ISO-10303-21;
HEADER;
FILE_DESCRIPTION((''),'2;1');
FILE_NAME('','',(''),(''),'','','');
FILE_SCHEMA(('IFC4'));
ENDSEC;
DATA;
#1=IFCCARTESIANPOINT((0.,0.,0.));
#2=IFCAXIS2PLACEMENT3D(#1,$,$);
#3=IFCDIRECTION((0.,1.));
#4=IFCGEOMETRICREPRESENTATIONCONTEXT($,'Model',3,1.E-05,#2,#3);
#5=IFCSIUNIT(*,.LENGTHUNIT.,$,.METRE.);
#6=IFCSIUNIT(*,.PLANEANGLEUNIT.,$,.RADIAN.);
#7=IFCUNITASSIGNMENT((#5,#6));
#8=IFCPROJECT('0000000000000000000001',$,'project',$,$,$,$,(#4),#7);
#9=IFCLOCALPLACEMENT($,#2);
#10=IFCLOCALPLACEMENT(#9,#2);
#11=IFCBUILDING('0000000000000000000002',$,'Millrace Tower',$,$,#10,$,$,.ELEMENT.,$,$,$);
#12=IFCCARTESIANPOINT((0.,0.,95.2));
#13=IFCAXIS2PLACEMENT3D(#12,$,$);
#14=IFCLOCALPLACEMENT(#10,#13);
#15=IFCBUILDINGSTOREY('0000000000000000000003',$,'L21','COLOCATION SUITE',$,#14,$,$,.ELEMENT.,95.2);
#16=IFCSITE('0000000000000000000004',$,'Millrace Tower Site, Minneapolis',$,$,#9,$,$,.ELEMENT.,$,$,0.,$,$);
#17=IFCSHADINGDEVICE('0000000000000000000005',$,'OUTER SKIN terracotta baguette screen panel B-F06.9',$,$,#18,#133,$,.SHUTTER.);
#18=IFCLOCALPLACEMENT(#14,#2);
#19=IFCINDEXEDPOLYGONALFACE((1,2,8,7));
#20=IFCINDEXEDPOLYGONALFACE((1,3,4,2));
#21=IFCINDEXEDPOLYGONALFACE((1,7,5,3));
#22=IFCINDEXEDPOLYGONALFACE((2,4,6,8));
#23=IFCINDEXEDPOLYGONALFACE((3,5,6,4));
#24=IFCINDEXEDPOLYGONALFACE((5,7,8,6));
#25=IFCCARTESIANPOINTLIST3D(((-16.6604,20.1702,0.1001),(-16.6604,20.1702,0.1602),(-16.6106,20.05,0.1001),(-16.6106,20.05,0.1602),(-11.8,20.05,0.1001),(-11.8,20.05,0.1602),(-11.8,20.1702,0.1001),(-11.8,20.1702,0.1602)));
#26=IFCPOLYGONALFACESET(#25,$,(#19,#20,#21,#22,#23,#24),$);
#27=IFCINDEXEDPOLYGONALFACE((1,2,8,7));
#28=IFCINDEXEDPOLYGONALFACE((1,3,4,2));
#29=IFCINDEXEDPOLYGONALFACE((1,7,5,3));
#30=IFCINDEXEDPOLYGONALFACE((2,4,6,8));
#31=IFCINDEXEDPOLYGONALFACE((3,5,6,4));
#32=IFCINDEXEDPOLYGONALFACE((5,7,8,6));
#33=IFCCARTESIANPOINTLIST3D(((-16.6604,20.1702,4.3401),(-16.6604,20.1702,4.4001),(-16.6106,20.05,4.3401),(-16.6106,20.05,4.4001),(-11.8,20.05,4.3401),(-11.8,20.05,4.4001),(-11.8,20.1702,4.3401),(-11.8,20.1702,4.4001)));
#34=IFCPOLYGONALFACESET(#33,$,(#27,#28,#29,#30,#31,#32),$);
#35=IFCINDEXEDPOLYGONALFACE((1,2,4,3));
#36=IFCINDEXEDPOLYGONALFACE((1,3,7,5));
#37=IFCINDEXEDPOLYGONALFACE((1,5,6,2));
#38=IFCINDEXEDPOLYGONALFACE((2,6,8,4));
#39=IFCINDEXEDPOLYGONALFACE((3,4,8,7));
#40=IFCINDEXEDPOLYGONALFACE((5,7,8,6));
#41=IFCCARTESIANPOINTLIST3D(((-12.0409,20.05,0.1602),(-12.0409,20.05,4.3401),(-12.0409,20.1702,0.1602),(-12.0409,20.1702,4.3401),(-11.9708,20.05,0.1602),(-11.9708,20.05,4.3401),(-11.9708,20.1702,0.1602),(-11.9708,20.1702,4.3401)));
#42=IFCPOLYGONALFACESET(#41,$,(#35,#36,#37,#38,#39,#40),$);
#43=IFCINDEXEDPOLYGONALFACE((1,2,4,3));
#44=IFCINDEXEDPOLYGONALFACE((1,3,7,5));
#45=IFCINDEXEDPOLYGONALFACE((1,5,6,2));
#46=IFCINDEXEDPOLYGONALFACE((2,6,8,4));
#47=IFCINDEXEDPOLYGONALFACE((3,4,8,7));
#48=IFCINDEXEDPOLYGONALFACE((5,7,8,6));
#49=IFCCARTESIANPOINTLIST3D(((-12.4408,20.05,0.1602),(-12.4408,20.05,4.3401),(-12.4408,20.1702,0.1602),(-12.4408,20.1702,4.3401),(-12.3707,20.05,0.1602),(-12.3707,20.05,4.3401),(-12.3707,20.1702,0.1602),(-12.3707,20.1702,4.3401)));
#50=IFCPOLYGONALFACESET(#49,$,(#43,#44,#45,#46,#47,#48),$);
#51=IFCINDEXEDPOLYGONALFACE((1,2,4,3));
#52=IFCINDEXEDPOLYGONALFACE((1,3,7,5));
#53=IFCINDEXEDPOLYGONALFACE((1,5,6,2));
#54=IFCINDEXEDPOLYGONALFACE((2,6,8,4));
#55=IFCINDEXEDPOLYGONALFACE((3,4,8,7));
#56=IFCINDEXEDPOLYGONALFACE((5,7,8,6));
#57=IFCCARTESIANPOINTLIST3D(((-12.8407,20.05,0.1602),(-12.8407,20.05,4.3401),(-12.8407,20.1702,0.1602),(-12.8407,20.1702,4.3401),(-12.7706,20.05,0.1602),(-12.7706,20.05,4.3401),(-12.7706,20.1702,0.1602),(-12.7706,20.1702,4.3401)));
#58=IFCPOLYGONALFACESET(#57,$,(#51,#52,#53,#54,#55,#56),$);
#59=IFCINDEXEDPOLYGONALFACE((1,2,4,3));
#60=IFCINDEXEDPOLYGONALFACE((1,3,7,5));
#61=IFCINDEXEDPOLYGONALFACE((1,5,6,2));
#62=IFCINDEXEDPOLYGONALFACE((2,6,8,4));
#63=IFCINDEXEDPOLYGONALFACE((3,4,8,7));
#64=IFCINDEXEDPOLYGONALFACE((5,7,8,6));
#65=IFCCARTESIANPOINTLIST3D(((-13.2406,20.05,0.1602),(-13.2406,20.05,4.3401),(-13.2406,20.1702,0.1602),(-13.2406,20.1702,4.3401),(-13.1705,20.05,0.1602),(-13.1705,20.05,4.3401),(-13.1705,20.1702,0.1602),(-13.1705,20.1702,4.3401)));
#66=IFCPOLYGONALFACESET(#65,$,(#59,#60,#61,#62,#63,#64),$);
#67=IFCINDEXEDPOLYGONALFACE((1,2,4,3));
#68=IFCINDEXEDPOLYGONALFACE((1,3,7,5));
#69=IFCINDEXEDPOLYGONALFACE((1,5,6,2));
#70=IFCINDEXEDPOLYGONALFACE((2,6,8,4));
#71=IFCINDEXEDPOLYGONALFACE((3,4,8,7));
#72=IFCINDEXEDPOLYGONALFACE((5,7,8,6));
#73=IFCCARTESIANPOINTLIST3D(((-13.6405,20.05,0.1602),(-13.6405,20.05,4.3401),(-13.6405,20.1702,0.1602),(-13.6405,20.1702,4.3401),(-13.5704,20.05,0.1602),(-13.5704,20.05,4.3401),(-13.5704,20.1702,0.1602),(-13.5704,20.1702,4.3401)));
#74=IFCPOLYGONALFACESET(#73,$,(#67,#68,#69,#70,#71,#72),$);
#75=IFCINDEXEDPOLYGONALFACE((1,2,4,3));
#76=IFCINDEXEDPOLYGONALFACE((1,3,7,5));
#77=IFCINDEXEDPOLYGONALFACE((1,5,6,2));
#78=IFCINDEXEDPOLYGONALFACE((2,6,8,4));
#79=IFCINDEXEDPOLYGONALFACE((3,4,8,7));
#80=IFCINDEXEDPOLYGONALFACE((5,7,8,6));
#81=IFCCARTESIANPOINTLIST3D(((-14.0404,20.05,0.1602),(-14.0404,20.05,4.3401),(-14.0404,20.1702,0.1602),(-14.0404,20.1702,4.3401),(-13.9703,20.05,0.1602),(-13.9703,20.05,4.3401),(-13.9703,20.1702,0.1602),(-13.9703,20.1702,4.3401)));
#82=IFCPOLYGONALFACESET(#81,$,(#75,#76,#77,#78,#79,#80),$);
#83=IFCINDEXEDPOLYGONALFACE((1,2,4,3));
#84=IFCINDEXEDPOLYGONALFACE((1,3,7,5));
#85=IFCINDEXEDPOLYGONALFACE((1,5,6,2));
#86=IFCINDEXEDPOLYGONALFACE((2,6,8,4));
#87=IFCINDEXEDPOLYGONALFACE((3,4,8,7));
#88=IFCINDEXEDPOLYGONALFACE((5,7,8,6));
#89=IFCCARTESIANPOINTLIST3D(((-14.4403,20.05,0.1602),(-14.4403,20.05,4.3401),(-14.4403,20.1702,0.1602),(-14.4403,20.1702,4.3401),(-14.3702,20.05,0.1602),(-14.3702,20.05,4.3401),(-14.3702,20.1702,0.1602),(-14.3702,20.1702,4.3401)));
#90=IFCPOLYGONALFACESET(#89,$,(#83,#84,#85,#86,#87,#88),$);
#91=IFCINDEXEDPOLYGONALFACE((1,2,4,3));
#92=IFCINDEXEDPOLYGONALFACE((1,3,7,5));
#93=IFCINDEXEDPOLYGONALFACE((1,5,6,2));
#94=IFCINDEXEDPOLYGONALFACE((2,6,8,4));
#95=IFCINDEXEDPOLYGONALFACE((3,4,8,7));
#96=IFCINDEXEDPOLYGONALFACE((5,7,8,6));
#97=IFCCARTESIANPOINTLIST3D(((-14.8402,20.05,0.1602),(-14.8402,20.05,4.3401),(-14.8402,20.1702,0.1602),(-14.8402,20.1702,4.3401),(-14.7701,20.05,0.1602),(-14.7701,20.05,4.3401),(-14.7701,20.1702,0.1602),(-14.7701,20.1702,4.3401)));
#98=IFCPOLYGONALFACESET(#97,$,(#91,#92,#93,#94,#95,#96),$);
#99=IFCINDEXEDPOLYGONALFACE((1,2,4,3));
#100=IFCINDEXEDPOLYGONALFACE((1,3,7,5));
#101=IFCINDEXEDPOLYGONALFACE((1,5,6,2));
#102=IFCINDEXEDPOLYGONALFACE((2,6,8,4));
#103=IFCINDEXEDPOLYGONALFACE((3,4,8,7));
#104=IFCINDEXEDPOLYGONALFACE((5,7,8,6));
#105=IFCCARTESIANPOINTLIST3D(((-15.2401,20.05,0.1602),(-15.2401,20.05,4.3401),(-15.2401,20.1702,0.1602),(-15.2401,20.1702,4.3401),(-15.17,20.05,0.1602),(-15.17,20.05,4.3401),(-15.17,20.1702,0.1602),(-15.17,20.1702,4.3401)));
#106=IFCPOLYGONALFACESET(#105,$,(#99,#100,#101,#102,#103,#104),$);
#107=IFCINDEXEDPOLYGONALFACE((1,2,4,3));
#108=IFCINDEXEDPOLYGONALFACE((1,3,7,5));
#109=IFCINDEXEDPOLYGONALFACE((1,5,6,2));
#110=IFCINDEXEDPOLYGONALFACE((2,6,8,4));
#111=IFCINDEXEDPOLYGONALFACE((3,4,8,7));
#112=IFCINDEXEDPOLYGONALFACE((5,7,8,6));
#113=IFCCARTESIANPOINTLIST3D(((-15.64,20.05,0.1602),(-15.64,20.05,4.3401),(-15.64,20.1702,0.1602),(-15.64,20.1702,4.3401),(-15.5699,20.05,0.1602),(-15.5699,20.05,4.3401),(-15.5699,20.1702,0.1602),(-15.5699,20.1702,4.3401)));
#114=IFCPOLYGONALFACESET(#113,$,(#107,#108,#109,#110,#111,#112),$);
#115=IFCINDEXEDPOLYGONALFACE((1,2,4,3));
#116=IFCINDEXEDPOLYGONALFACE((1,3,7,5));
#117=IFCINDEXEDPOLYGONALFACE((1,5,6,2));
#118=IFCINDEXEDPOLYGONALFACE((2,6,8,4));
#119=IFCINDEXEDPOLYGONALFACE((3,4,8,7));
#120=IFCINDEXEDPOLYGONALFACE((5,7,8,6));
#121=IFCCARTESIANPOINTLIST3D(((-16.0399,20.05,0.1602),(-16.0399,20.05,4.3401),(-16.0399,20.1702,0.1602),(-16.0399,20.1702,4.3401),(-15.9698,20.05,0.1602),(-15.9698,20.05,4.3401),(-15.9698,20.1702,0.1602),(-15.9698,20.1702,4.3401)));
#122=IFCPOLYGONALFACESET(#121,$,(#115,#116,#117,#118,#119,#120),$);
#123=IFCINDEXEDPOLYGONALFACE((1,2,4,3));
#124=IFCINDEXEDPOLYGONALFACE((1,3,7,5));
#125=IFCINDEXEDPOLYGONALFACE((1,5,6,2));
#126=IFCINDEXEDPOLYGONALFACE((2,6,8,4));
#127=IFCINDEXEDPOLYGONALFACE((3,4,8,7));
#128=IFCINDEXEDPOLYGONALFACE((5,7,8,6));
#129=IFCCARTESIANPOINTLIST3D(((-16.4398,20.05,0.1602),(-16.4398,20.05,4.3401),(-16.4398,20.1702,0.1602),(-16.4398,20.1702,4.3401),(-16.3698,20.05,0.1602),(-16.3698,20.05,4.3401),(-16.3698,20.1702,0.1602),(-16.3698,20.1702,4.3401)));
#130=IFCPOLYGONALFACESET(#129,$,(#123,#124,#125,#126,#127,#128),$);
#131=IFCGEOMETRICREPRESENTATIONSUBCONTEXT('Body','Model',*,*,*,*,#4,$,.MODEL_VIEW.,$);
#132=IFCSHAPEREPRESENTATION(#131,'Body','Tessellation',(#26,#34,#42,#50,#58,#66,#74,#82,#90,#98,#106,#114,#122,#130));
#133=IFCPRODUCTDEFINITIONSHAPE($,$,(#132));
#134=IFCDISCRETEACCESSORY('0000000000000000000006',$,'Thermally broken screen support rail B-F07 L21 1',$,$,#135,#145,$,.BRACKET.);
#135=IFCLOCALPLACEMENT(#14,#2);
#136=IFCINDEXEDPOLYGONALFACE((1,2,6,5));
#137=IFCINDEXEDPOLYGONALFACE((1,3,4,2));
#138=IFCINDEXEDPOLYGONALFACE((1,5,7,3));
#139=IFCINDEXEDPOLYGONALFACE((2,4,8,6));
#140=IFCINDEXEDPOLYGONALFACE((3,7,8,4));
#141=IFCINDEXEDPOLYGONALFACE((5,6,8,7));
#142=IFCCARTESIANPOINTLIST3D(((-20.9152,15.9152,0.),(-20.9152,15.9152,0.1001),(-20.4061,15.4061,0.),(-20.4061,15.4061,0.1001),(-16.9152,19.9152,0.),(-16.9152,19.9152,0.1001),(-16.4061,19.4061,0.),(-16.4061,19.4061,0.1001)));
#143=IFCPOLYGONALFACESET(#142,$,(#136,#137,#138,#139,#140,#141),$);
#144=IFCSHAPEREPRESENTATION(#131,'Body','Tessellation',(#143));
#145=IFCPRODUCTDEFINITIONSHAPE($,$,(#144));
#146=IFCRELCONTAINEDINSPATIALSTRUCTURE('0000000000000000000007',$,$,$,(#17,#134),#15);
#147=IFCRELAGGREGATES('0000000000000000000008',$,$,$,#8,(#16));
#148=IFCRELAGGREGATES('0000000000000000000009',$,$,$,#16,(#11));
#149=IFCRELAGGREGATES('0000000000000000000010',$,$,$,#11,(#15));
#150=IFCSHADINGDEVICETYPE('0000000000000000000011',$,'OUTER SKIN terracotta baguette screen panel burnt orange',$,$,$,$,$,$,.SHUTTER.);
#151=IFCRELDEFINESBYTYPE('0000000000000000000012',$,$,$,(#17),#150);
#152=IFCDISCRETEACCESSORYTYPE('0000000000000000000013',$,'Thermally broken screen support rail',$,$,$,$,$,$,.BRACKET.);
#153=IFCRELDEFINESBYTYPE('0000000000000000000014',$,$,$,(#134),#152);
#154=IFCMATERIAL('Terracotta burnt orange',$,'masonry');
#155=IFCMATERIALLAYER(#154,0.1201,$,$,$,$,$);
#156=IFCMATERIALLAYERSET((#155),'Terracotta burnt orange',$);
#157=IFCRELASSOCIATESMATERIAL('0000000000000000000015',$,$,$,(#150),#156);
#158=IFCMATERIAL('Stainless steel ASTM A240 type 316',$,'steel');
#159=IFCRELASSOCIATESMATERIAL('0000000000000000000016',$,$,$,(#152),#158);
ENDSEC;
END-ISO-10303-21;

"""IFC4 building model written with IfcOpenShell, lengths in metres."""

from ifc_helpers import new_model, entity, si_unit, direction, frame, frame_2d, origin, origin_2d, place, context, subcontext, project, spatial, rectangle, extrude, source, transform, mapped, material, layer, layer_set, type_object, element, save


model = new_model("IFC4")

# Units and contexts
model_context = context("Model", 3, precision=1e-05, world=origin(), true_north=direction((0.0, 1.0)))
body_context = subcontext(model_context, "Body", "Model", "MODEL_VIEW")
ifc_project = project(units=[si_unit("LENGTHUNIT", "METRE"), si_unit("PLANEANGLEUNIT", "RADIAN")], contexts=[model_context])

# Site, building, storey
site_placement = place(None, origin())
site = spatial("IfcSite", under=ifc_project, at=site_placement, Name="Millrace Tower Site, Minneapolis", CompositionType="ELEMENT", RefElevation=0.0)
building_placement = place(site_placement, origin())
building = spatial("IfcBuilding", under=site, at=building_placement, Name="Millrace Tower", CompositionType="ELEMENT")
storey_placement = place(building_placement, frame((0.0, 0.0, 95.2)))
storey = spatial("IfcBuildingStorey", under=building, at=storey_placement, Name="L21", Description="COLOCATION SUITE", CompositionType="ELEMENT", Elevation=95.2)

# Shading device
ifc_material_1 = material(Name="Terracotta burnt orange", Category="masonry")
ifc_layer_1 = layer(ifc_material_1, 0.1201)
ifc_layer_set_1 = layer_set([ifc_layer_1], Name="Terracotta burnt orange")
shading_device_type = type_object("IfcShadingDeviceType", Name="OUTER SKIN terracotta baguette screen panel burnt orange", PredefinedType="SHUTTER", material=ifc_layer_set_1)
cartesian_point_1 = entity("IfcCartesianPoint", [-2.4177, 0.0601])
shared_polyline_1 = entity("IfcPolyline", [cartesian_point_1, entity("IfcCartesianPoint", [2.3928, 0.0601]), entity("IfcCartesianPoint", [2.4426, -0.0601]), entity("IfcCartesianPoint", [-2.4177, -0.0601]), cartesian_point_1])
shared_shape_1 = source(origin(), body_context, "Body", "SweptSolid", [
    entity("IfcExtrudedAreaSolid", entity("IfcArbitraryClosedProfileDef", "AREA", None, shared_polyline_1), entity("IfcAxis2Placement3D", entity("IfcCartesianPoint", [0.0, 0.0, 0.0])), entity("IfcDirection", [0.0, 0.0, 1.0]), 0.0601),
    entity("IfcExtrudedAreaSolid", entity("IfcArbitraryClosedProfileDef", "AREA", None, shared_polyline_1), entity("IfcAxis2Placement3D", entity("IfcCartesianPoint", [0.0, 0.0, 4.24])), entity("IfcDirection", [0.0, 0.0, 1.0]), 0.0601),
    extrude(rectangle(XDim=0.0701, YDim=0.1201, at=frame_2d((-2.2119, 0.0))), frame((0.0, 0.0, 0.0601)), (0.0, 0.0, 1.0), 4.1799),
    extrude(rectangle(XDim=0.0701, YDim=0.1201, at=frame_2d((-1.812, 0.0))), frame((0.0, 0.0, 0.0601)), (0.0, 0.0, 1.0), 4.1799),
    extrude(rectangle(XDim=0.0701, YDim=0.1201, at=frame_2d((-1.4121, 0.0))), frame((0.0, 0.0, 0.0601)), (0.0, 0.0, 1.0), 4.1799),
    extrude(rectangle(XDim=0.0701, YDim=0.1201, at=frame_2d((-1.0122, 0.0))), frame((0.0, 0.0, 0.0601)), (0.0, 0.0, 1.0), 4.1799),
    extrude(rectangle(XDim=0.0701, YDim=0.1201, at=frame_2d((-0.6123, 0.0))), frame((0.0, 0.0, 0.0601)), (0.0, 0.0, 1.0), 4.1799),
    extrude(rectangle(XDim=0.0701, YDim=0.1201, at=frame_2d((-0.2124, 0.0))), frame((0.0, 0.0, 0.0601)), (0.0, 0.0, 1.0), 4.1799),
    extrude(rectangle(XDim=0.0701, YDim=0.1201, at=frame_2d((0.1875, 0.0))), frame((0.0, 0.0, 0.0601)), (0.0, 0.0, 1.0), 4.1799),
    extrude(rectangle(XDim=0.0701, YDim=0.1201, at=frame_2d((0.5874, 0.0))), frame((0.0, 0.0, 0.0601)), (0.0, 0.0, 1.0), 4.1799),
    extrude(rectangle(XDim=0.0701, YDim=0.1201, at=frame_2d((0.9873, 0.0))), frame((0.0, 0.0, 0.0601)), (0.0, 0.0, 1.0), 4.1799),
    extrude(rectangle(XDim=0.0701, YDim=0.1201, at=frame_2d((1.3872, 0.0))), frame((0.0, 0.0, 0.0601)), (0.0, 0.0, 1.0), 4.1799),
    extrude(rectangle(XDim=0.0701, YDim=0.1201, at=frame_2d((1.7871, 0.0))), frame((0.0, 0.0, 0.0601)), (0.0, 0.0, 1.0), 4.1799),
    extrude(rectangle(XDim=0.0701, YDim=0.1201, at=frame_2d((2.187, 0.0))), frame((0.0, 0.0, 0.0601)), (0.0, 0.0, 1.0), 4.1799),
])
shading_device_1_placement = place(storey_placement, frame((-14.2178, 20.1101, 0.1001), z_axis=(0.0, 0.0, 1.0), x_axis=(-1.0, 0.0, 0.0)))
element("IfcShadingDevice", 1, at=shading_device_1_placement, inside=storey, type_object=shading_device_type, Name="OUTER SKIN terracotta baguette screen panel B-F06.9", PredefinedType="SHUTTER", context=body_context, shape_type="MappedRepresentation", body=[
    mapped(shared_shape_1, transform((0.0, 0.0, 0.0), scale=1.0)),
])

# Discrete accessory
ifc_material_2 = material(Name="Stainless steel ASTM A240 type 316", Category="steel")
discrete_accessory_type = type_object("IfcDiscreteAccessoryType", Name="Thermally broken screen support rail", PredefinedType="BRACKET", material=ifc_material_2)
discrete_accessory_placement = place(storey_placement, frame((-18.6606, 17.6606, 0.0), z_axis=(0.0, 0.0, 1.0), x_axis=(-0.707107, -0.707107, 0.0)))
element("IfcDiscreteAccessory", 2, at=discrete_accessory_placement, inside=storey, type_object=discrete_accessory_type, Name="Thermally broken screen support rail B-F07 L21 1", PredefinedType="BRACKET", context=body_context, shape_type="SweptSolid", body=[
    extrude(rectangle(XDim=5.6567, YDim=0.72, at=origin_2d()), origin(), (0.0, 0.0, 1.0), 0.1001),
])

save(model, "model.ifc")
